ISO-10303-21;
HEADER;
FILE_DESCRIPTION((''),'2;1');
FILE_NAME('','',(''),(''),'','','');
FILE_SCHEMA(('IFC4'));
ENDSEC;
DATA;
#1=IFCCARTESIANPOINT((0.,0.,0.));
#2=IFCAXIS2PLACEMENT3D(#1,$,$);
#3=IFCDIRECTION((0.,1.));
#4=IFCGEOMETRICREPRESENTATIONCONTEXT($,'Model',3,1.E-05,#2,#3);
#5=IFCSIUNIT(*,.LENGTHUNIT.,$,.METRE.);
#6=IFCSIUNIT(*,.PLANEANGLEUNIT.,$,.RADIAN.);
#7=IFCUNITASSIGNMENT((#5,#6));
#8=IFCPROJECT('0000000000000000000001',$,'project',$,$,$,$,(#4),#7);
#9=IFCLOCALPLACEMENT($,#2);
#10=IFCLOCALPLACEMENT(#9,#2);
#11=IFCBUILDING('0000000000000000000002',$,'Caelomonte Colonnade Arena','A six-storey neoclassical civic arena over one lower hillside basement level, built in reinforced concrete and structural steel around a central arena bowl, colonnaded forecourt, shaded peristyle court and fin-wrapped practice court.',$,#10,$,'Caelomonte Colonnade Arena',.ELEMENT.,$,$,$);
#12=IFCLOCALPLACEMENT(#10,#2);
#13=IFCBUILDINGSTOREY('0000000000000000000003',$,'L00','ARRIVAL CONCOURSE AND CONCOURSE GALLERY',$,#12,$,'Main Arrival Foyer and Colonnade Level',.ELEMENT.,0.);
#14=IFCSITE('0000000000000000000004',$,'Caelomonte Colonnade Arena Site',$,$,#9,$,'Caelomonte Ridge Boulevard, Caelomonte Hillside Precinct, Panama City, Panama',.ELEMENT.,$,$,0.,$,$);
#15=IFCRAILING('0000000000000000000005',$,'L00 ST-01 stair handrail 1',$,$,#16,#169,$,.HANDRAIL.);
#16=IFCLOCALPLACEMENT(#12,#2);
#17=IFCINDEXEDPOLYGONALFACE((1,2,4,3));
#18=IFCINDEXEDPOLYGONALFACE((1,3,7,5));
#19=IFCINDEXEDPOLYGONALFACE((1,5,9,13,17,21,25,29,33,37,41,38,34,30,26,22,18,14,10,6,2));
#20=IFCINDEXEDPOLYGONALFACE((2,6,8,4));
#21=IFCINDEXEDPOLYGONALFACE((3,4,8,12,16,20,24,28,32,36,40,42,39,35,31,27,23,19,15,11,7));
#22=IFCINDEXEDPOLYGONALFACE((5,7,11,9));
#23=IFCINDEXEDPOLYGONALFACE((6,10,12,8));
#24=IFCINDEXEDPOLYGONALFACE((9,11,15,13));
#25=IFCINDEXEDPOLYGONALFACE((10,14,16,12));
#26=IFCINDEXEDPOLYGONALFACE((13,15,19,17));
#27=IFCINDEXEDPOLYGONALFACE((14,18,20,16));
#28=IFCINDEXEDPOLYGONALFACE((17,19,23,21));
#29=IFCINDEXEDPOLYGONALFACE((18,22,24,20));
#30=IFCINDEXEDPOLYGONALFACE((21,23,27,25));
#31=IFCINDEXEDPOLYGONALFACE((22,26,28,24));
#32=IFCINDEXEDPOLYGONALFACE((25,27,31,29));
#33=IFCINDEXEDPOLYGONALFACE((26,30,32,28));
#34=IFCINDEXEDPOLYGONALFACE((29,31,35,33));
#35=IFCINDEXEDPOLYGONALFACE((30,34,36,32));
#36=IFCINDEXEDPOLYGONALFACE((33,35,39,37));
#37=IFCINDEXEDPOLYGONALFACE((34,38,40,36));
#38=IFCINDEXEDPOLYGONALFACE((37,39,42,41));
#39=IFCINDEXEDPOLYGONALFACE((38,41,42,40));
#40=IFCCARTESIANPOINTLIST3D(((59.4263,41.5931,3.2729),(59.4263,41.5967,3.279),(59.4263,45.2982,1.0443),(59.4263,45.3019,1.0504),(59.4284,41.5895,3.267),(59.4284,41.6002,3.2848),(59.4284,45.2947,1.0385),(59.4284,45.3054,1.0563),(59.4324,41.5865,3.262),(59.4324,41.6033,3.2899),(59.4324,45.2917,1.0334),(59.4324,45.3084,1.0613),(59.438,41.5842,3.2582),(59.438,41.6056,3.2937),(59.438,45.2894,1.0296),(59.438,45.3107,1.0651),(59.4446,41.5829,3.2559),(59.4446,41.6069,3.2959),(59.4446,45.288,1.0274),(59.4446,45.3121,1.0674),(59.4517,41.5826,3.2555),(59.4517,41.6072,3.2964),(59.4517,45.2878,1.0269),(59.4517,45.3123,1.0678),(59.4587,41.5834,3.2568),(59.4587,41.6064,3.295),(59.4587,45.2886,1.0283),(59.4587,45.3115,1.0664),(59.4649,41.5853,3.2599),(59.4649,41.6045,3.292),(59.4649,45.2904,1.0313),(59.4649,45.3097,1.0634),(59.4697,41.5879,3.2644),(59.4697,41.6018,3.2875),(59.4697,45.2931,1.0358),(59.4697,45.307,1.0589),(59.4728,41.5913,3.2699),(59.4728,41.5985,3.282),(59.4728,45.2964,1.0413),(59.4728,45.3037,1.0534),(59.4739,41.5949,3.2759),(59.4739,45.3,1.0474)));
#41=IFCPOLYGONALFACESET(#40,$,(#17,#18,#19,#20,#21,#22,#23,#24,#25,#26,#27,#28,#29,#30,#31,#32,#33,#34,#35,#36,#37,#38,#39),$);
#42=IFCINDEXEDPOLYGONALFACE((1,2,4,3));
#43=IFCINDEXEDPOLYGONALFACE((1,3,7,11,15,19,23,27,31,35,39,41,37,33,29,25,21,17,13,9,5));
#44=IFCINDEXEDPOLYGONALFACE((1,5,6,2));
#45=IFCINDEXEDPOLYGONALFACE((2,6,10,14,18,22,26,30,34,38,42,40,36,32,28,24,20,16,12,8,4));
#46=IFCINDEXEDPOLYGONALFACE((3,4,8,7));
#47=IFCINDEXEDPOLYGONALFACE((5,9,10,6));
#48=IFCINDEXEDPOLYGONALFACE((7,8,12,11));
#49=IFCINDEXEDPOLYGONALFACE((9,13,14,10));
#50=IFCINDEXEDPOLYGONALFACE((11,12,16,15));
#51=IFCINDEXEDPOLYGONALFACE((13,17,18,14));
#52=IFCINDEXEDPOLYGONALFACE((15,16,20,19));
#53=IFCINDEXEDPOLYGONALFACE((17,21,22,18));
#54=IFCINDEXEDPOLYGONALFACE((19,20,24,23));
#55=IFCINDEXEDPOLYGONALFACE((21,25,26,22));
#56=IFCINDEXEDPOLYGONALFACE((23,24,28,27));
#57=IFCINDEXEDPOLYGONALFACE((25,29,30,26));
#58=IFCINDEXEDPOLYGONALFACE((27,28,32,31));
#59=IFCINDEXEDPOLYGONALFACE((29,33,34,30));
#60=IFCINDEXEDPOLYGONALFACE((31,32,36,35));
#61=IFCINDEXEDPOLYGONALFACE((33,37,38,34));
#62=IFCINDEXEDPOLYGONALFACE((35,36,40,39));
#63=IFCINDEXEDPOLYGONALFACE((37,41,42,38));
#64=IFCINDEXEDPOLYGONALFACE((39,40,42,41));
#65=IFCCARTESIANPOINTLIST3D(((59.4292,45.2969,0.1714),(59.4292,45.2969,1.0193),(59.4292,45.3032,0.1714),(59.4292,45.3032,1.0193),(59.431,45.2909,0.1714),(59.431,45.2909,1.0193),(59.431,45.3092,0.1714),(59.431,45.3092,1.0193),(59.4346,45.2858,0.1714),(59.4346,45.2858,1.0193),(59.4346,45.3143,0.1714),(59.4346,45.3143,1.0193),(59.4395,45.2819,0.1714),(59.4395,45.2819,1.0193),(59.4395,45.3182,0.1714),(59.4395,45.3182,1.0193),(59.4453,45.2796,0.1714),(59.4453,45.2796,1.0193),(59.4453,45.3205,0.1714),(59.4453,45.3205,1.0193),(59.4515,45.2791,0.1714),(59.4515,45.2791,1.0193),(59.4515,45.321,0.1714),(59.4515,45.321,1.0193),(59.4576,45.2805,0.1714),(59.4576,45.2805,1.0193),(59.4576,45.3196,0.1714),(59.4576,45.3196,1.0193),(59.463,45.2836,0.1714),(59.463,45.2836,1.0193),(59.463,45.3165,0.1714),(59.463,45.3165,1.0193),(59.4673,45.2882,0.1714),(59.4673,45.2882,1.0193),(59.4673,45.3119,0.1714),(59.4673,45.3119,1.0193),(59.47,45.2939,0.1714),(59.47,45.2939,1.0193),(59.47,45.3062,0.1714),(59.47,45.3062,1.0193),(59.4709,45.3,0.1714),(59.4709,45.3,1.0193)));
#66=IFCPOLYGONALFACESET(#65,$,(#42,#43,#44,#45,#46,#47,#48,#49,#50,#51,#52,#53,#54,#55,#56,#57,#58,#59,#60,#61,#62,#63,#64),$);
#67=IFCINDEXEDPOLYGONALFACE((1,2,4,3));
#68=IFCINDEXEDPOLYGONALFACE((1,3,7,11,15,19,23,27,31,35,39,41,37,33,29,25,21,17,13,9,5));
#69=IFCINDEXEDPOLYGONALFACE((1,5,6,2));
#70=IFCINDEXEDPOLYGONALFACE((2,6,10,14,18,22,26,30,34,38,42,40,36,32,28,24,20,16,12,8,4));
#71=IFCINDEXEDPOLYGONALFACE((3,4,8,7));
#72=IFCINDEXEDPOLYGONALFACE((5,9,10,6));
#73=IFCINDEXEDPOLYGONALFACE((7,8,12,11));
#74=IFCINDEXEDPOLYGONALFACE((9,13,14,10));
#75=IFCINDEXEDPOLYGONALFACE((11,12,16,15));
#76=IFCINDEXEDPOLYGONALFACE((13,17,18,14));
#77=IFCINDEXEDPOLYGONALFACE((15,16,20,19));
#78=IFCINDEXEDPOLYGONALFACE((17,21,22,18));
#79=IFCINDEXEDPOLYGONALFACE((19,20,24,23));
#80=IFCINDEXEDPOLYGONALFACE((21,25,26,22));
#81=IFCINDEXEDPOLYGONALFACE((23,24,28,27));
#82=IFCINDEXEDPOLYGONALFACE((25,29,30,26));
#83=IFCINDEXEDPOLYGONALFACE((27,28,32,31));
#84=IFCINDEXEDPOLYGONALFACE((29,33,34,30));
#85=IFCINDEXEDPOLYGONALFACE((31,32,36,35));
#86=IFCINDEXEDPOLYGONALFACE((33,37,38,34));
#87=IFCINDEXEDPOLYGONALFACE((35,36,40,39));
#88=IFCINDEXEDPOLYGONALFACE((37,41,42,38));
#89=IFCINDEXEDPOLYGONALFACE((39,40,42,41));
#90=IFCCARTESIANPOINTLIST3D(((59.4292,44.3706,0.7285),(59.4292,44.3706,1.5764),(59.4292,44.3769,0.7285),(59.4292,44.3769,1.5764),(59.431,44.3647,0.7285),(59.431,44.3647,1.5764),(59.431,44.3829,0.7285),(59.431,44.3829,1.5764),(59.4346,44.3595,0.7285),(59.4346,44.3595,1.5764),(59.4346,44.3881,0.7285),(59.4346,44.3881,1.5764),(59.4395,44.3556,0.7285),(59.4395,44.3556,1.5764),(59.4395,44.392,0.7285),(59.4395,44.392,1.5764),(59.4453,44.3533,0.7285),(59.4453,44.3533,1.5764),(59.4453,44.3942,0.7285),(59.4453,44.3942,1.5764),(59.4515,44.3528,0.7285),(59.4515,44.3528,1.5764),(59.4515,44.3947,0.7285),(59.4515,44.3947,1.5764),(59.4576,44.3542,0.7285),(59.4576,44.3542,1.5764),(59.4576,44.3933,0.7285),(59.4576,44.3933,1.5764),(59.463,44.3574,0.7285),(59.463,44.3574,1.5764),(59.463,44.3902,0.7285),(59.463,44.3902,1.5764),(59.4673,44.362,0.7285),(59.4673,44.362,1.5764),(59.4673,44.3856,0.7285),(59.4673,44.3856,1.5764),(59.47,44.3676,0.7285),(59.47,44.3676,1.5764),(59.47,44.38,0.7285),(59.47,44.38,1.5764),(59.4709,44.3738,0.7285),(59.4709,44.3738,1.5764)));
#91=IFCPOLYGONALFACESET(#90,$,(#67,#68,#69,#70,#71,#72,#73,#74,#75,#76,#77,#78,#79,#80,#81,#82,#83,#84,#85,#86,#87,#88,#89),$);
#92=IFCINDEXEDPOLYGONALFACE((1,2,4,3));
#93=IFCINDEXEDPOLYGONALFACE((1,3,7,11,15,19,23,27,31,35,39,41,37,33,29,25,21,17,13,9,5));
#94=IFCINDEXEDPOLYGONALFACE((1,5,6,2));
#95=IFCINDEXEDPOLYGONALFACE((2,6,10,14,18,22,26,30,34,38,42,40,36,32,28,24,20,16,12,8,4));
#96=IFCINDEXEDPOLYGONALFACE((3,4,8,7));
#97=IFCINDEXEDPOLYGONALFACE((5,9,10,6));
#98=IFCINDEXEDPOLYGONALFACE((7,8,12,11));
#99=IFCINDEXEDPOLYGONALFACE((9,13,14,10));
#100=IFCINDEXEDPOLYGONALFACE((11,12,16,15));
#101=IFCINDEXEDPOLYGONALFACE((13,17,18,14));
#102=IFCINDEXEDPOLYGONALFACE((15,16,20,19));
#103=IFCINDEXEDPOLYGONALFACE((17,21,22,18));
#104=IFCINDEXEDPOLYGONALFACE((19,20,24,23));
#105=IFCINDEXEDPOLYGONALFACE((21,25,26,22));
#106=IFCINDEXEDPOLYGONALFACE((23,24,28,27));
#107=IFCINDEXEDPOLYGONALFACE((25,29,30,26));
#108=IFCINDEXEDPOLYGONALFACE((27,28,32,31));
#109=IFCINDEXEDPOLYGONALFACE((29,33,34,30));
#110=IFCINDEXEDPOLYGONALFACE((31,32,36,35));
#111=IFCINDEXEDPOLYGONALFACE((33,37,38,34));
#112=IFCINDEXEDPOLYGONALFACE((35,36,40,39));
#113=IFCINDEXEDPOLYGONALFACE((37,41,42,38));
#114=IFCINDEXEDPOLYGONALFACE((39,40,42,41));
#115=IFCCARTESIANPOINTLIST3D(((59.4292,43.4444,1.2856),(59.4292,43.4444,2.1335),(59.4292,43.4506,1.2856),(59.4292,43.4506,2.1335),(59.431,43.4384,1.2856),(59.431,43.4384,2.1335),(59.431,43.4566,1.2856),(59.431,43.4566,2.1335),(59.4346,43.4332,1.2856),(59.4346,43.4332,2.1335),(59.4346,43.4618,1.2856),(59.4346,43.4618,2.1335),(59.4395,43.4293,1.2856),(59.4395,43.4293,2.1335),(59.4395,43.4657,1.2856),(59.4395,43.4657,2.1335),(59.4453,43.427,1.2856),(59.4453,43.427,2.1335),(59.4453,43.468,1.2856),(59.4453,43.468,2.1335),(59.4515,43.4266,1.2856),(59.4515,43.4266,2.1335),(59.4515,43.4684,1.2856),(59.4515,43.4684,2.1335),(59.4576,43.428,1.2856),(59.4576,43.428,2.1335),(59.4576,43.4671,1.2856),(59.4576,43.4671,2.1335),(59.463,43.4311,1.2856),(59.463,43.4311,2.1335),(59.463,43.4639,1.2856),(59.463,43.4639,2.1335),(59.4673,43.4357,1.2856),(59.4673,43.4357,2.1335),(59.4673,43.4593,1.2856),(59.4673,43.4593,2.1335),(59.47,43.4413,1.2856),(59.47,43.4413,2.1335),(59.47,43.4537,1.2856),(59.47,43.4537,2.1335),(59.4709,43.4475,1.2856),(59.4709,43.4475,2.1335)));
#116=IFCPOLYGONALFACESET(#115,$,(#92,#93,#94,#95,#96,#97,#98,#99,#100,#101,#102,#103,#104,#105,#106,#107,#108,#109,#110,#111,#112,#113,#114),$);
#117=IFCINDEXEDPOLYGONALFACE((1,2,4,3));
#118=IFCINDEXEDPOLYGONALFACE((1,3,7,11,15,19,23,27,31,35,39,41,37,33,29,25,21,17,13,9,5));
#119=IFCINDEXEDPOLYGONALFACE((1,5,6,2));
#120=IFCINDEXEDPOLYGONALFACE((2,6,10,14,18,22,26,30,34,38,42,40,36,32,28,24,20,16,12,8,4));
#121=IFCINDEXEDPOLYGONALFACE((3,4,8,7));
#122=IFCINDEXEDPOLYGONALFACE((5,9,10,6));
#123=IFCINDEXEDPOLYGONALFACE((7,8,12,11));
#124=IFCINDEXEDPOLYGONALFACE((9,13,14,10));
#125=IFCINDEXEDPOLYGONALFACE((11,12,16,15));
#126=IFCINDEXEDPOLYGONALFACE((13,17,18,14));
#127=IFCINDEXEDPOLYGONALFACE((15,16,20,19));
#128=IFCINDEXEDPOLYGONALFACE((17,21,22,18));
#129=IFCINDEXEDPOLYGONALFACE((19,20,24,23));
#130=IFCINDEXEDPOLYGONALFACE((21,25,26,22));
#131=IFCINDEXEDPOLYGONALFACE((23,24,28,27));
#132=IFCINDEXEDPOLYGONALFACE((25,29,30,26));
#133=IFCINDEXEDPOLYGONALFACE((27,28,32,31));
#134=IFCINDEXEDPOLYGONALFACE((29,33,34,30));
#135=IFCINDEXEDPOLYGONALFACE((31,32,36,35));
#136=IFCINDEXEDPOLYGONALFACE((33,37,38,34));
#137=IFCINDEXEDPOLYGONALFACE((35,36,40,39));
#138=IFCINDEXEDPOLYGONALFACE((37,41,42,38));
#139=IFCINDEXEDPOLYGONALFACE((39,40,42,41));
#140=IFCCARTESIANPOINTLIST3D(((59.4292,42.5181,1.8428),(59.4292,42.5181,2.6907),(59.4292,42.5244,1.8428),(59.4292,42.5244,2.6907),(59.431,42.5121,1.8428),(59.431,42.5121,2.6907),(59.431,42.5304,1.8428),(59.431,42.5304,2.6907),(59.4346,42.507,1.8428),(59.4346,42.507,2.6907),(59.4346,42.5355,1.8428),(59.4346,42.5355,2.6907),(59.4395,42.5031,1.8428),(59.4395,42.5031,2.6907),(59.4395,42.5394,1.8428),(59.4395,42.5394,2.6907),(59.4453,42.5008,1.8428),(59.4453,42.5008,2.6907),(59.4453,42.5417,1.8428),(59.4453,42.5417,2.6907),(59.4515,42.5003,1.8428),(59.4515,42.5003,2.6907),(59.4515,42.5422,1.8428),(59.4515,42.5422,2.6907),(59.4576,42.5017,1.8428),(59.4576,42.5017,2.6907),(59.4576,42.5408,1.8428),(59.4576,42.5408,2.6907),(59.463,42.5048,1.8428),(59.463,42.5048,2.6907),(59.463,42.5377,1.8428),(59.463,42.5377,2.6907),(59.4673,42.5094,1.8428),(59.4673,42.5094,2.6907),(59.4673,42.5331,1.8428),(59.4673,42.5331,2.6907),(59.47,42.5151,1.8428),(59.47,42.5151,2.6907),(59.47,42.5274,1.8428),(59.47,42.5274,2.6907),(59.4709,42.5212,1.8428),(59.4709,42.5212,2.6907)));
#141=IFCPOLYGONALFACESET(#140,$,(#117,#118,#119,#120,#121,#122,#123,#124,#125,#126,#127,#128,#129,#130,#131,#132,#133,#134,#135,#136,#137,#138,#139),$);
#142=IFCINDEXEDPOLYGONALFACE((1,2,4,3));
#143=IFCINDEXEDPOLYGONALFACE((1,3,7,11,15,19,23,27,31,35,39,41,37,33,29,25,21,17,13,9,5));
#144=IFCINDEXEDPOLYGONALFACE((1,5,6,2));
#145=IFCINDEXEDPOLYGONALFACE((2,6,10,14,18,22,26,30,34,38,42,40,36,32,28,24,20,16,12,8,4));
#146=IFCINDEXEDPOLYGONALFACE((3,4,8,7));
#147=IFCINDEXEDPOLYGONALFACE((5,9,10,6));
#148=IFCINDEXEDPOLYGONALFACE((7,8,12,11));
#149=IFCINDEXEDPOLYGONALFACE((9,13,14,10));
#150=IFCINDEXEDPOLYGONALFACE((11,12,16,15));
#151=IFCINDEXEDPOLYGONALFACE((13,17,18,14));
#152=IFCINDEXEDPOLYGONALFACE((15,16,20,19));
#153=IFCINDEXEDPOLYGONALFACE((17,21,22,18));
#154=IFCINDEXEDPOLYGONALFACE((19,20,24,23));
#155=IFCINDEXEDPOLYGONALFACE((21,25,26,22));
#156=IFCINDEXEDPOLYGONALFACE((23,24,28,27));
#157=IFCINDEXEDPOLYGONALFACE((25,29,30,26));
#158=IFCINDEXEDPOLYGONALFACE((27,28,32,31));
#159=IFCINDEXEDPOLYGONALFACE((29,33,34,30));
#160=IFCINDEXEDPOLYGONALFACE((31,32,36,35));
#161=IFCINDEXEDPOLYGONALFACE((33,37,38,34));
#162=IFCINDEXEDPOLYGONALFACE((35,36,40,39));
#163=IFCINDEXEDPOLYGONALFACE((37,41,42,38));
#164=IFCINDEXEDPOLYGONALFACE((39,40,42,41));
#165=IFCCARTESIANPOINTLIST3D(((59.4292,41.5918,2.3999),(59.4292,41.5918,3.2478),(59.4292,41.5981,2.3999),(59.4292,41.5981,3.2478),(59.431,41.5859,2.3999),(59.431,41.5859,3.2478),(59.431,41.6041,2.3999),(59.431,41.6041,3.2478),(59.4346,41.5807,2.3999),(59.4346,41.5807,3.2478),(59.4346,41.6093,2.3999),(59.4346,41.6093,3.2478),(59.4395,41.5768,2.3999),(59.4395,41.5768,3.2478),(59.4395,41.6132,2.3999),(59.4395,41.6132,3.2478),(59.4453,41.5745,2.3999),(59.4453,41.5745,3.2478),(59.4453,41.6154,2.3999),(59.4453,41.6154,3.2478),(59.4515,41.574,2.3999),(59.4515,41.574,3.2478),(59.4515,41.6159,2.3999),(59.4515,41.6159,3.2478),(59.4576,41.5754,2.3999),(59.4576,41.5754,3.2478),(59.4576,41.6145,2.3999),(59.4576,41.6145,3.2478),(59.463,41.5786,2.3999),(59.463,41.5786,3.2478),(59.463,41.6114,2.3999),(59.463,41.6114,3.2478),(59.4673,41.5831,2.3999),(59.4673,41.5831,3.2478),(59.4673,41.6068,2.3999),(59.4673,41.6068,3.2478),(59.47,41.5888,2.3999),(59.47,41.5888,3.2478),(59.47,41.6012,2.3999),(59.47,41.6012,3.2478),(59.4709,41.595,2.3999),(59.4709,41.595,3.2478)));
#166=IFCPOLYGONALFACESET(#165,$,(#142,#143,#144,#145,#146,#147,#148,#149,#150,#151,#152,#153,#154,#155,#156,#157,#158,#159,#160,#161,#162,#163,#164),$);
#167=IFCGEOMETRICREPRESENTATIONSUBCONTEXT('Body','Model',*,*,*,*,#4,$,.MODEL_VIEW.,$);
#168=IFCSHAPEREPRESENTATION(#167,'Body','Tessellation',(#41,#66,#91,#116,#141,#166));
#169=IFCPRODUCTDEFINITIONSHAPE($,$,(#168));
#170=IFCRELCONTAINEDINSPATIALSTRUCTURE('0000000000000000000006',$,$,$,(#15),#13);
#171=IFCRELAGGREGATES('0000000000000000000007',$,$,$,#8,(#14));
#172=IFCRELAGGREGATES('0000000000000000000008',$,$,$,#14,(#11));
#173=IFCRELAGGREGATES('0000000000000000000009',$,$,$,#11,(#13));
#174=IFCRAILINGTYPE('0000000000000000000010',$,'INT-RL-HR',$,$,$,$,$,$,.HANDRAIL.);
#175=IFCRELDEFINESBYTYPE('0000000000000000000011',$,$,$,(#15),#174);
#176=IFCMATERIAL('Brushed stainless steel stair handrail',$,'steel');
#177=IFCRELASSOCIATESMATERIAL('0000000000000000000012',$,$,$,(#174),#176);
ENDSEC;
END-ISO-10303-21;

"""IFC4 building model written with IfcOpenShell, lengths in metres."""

from ifc_helpers import new_model, si_unit, direction, frame, origin, origin_2d, place, context, subcontext, project, spatial, circle, extrude, material, type_object, element, save


model = new_model("IFC4")

# Units and contexts
model_context = context("Model", 3, precision=1e-05, world=origin(), true_north=direction((0.0, 1.0)))
body_context = subcontext(model_context, "Body", "Model", "MODEL_VIEW")
ifc_project = project(units=[si_unit("LENGTHUNIT", "METRE"), si_unit("PLANEANGLEUNIT", "RADIAN")], contexts=[model_context])

# Site, building, storey
site_placement = place(None, origin())
site = spatial("IfcSite", under=ifc_project, at=site_placement, Name="Caelomonte Colonnade Arena Site", LongName="Caelomonte Ridge Boulevard, Caelomonte Hillside Precinct, Panama City, Panama", CompositionType="ELEMENT", RefElevation=0.0)
building_placement = place(site_placement, origin())
building = spatial("IfcBuilding", under=site, at=building_placement, Name="Caelomonte Colonnade Arena", Description="A six-storey neoclassical civic arena over one lower hillside basement level, built in reinforced concrete and structural steel around a central arena bowl, colonnaded forecourt, shaded peristyle court and fin-wrapped practice court.", LongName="Caelomonte Colonnade Arena", CompositionType="ELEMENT")
storey_placement = place(building_placement, origin())
storey = spatial("IfcBuildingStorey", under=building, at=storey_placement, Name="L00", Description="ARRIVAL CONCOURSE AND CONCOURSE GALLERY", LongName="Main Arrival Foyer and Colonnade Level", CompositionType="ELEMENT", Elevation=0.0)

# Railing
ifc_material_1 = material(Name="Brushed stainless steel stair handrail", Category="steel")
railing_type_1 = type_object("IfcRailingType", Name="INT-RL-HR", PredefinedType="HANDRAIL", material=ifc_material_1)
railing_1_placement = place(storey_placement, frame((59.45, 45.3, 0.1714)))
element("IfcRailing", 1, at=railing_1_placement, inside=storey, type_object=railing_type_1, Name="L00 ST-01 stair handrail 1", PredefinedType="HANDRAIL", context=body_context, shape_type="SweptSolid", body=[
    extrude(circle(Radius=0.0239, at=origin_2d()), frame((0.0, 0.0, 0.876), z_axis=(0.0, -0.856934, 0.515425), x_axis=(1.0, 0.0, 0.0)), (0.0, 0.0, 1.0), 4.3237),
    extrude(circle(Radius=0.021, at=origin_2d()), origin(), (0.0, 0.0, 1.0), 0.8479),
    extrude(circle(Radius=0.021, at=origin_2d()), frame((0.0, -0.9263, 0.5571)), (0.0, 0.0, 1.0), 0.8479),
    extrude(circle(Radius=0.021, at=origin_2d()), frame((0.0, -1.8525, 1.1143)), (0.0, 0.0, 1.0), 0.8479),
    extrude(circle(Radius=0.021, at=origin_2d()), frame((0.0, -2.7788, 1.6714)), (0.0, 0.0, 1.0), 0.8479),
    extrude(circle(Radius=0.021, at=origin_2d()), frame((0.0, -3.7051, 2.2285)), (0.0, 0.0, 1.0), 0.8479),
])

save(model, "model.ifc")
